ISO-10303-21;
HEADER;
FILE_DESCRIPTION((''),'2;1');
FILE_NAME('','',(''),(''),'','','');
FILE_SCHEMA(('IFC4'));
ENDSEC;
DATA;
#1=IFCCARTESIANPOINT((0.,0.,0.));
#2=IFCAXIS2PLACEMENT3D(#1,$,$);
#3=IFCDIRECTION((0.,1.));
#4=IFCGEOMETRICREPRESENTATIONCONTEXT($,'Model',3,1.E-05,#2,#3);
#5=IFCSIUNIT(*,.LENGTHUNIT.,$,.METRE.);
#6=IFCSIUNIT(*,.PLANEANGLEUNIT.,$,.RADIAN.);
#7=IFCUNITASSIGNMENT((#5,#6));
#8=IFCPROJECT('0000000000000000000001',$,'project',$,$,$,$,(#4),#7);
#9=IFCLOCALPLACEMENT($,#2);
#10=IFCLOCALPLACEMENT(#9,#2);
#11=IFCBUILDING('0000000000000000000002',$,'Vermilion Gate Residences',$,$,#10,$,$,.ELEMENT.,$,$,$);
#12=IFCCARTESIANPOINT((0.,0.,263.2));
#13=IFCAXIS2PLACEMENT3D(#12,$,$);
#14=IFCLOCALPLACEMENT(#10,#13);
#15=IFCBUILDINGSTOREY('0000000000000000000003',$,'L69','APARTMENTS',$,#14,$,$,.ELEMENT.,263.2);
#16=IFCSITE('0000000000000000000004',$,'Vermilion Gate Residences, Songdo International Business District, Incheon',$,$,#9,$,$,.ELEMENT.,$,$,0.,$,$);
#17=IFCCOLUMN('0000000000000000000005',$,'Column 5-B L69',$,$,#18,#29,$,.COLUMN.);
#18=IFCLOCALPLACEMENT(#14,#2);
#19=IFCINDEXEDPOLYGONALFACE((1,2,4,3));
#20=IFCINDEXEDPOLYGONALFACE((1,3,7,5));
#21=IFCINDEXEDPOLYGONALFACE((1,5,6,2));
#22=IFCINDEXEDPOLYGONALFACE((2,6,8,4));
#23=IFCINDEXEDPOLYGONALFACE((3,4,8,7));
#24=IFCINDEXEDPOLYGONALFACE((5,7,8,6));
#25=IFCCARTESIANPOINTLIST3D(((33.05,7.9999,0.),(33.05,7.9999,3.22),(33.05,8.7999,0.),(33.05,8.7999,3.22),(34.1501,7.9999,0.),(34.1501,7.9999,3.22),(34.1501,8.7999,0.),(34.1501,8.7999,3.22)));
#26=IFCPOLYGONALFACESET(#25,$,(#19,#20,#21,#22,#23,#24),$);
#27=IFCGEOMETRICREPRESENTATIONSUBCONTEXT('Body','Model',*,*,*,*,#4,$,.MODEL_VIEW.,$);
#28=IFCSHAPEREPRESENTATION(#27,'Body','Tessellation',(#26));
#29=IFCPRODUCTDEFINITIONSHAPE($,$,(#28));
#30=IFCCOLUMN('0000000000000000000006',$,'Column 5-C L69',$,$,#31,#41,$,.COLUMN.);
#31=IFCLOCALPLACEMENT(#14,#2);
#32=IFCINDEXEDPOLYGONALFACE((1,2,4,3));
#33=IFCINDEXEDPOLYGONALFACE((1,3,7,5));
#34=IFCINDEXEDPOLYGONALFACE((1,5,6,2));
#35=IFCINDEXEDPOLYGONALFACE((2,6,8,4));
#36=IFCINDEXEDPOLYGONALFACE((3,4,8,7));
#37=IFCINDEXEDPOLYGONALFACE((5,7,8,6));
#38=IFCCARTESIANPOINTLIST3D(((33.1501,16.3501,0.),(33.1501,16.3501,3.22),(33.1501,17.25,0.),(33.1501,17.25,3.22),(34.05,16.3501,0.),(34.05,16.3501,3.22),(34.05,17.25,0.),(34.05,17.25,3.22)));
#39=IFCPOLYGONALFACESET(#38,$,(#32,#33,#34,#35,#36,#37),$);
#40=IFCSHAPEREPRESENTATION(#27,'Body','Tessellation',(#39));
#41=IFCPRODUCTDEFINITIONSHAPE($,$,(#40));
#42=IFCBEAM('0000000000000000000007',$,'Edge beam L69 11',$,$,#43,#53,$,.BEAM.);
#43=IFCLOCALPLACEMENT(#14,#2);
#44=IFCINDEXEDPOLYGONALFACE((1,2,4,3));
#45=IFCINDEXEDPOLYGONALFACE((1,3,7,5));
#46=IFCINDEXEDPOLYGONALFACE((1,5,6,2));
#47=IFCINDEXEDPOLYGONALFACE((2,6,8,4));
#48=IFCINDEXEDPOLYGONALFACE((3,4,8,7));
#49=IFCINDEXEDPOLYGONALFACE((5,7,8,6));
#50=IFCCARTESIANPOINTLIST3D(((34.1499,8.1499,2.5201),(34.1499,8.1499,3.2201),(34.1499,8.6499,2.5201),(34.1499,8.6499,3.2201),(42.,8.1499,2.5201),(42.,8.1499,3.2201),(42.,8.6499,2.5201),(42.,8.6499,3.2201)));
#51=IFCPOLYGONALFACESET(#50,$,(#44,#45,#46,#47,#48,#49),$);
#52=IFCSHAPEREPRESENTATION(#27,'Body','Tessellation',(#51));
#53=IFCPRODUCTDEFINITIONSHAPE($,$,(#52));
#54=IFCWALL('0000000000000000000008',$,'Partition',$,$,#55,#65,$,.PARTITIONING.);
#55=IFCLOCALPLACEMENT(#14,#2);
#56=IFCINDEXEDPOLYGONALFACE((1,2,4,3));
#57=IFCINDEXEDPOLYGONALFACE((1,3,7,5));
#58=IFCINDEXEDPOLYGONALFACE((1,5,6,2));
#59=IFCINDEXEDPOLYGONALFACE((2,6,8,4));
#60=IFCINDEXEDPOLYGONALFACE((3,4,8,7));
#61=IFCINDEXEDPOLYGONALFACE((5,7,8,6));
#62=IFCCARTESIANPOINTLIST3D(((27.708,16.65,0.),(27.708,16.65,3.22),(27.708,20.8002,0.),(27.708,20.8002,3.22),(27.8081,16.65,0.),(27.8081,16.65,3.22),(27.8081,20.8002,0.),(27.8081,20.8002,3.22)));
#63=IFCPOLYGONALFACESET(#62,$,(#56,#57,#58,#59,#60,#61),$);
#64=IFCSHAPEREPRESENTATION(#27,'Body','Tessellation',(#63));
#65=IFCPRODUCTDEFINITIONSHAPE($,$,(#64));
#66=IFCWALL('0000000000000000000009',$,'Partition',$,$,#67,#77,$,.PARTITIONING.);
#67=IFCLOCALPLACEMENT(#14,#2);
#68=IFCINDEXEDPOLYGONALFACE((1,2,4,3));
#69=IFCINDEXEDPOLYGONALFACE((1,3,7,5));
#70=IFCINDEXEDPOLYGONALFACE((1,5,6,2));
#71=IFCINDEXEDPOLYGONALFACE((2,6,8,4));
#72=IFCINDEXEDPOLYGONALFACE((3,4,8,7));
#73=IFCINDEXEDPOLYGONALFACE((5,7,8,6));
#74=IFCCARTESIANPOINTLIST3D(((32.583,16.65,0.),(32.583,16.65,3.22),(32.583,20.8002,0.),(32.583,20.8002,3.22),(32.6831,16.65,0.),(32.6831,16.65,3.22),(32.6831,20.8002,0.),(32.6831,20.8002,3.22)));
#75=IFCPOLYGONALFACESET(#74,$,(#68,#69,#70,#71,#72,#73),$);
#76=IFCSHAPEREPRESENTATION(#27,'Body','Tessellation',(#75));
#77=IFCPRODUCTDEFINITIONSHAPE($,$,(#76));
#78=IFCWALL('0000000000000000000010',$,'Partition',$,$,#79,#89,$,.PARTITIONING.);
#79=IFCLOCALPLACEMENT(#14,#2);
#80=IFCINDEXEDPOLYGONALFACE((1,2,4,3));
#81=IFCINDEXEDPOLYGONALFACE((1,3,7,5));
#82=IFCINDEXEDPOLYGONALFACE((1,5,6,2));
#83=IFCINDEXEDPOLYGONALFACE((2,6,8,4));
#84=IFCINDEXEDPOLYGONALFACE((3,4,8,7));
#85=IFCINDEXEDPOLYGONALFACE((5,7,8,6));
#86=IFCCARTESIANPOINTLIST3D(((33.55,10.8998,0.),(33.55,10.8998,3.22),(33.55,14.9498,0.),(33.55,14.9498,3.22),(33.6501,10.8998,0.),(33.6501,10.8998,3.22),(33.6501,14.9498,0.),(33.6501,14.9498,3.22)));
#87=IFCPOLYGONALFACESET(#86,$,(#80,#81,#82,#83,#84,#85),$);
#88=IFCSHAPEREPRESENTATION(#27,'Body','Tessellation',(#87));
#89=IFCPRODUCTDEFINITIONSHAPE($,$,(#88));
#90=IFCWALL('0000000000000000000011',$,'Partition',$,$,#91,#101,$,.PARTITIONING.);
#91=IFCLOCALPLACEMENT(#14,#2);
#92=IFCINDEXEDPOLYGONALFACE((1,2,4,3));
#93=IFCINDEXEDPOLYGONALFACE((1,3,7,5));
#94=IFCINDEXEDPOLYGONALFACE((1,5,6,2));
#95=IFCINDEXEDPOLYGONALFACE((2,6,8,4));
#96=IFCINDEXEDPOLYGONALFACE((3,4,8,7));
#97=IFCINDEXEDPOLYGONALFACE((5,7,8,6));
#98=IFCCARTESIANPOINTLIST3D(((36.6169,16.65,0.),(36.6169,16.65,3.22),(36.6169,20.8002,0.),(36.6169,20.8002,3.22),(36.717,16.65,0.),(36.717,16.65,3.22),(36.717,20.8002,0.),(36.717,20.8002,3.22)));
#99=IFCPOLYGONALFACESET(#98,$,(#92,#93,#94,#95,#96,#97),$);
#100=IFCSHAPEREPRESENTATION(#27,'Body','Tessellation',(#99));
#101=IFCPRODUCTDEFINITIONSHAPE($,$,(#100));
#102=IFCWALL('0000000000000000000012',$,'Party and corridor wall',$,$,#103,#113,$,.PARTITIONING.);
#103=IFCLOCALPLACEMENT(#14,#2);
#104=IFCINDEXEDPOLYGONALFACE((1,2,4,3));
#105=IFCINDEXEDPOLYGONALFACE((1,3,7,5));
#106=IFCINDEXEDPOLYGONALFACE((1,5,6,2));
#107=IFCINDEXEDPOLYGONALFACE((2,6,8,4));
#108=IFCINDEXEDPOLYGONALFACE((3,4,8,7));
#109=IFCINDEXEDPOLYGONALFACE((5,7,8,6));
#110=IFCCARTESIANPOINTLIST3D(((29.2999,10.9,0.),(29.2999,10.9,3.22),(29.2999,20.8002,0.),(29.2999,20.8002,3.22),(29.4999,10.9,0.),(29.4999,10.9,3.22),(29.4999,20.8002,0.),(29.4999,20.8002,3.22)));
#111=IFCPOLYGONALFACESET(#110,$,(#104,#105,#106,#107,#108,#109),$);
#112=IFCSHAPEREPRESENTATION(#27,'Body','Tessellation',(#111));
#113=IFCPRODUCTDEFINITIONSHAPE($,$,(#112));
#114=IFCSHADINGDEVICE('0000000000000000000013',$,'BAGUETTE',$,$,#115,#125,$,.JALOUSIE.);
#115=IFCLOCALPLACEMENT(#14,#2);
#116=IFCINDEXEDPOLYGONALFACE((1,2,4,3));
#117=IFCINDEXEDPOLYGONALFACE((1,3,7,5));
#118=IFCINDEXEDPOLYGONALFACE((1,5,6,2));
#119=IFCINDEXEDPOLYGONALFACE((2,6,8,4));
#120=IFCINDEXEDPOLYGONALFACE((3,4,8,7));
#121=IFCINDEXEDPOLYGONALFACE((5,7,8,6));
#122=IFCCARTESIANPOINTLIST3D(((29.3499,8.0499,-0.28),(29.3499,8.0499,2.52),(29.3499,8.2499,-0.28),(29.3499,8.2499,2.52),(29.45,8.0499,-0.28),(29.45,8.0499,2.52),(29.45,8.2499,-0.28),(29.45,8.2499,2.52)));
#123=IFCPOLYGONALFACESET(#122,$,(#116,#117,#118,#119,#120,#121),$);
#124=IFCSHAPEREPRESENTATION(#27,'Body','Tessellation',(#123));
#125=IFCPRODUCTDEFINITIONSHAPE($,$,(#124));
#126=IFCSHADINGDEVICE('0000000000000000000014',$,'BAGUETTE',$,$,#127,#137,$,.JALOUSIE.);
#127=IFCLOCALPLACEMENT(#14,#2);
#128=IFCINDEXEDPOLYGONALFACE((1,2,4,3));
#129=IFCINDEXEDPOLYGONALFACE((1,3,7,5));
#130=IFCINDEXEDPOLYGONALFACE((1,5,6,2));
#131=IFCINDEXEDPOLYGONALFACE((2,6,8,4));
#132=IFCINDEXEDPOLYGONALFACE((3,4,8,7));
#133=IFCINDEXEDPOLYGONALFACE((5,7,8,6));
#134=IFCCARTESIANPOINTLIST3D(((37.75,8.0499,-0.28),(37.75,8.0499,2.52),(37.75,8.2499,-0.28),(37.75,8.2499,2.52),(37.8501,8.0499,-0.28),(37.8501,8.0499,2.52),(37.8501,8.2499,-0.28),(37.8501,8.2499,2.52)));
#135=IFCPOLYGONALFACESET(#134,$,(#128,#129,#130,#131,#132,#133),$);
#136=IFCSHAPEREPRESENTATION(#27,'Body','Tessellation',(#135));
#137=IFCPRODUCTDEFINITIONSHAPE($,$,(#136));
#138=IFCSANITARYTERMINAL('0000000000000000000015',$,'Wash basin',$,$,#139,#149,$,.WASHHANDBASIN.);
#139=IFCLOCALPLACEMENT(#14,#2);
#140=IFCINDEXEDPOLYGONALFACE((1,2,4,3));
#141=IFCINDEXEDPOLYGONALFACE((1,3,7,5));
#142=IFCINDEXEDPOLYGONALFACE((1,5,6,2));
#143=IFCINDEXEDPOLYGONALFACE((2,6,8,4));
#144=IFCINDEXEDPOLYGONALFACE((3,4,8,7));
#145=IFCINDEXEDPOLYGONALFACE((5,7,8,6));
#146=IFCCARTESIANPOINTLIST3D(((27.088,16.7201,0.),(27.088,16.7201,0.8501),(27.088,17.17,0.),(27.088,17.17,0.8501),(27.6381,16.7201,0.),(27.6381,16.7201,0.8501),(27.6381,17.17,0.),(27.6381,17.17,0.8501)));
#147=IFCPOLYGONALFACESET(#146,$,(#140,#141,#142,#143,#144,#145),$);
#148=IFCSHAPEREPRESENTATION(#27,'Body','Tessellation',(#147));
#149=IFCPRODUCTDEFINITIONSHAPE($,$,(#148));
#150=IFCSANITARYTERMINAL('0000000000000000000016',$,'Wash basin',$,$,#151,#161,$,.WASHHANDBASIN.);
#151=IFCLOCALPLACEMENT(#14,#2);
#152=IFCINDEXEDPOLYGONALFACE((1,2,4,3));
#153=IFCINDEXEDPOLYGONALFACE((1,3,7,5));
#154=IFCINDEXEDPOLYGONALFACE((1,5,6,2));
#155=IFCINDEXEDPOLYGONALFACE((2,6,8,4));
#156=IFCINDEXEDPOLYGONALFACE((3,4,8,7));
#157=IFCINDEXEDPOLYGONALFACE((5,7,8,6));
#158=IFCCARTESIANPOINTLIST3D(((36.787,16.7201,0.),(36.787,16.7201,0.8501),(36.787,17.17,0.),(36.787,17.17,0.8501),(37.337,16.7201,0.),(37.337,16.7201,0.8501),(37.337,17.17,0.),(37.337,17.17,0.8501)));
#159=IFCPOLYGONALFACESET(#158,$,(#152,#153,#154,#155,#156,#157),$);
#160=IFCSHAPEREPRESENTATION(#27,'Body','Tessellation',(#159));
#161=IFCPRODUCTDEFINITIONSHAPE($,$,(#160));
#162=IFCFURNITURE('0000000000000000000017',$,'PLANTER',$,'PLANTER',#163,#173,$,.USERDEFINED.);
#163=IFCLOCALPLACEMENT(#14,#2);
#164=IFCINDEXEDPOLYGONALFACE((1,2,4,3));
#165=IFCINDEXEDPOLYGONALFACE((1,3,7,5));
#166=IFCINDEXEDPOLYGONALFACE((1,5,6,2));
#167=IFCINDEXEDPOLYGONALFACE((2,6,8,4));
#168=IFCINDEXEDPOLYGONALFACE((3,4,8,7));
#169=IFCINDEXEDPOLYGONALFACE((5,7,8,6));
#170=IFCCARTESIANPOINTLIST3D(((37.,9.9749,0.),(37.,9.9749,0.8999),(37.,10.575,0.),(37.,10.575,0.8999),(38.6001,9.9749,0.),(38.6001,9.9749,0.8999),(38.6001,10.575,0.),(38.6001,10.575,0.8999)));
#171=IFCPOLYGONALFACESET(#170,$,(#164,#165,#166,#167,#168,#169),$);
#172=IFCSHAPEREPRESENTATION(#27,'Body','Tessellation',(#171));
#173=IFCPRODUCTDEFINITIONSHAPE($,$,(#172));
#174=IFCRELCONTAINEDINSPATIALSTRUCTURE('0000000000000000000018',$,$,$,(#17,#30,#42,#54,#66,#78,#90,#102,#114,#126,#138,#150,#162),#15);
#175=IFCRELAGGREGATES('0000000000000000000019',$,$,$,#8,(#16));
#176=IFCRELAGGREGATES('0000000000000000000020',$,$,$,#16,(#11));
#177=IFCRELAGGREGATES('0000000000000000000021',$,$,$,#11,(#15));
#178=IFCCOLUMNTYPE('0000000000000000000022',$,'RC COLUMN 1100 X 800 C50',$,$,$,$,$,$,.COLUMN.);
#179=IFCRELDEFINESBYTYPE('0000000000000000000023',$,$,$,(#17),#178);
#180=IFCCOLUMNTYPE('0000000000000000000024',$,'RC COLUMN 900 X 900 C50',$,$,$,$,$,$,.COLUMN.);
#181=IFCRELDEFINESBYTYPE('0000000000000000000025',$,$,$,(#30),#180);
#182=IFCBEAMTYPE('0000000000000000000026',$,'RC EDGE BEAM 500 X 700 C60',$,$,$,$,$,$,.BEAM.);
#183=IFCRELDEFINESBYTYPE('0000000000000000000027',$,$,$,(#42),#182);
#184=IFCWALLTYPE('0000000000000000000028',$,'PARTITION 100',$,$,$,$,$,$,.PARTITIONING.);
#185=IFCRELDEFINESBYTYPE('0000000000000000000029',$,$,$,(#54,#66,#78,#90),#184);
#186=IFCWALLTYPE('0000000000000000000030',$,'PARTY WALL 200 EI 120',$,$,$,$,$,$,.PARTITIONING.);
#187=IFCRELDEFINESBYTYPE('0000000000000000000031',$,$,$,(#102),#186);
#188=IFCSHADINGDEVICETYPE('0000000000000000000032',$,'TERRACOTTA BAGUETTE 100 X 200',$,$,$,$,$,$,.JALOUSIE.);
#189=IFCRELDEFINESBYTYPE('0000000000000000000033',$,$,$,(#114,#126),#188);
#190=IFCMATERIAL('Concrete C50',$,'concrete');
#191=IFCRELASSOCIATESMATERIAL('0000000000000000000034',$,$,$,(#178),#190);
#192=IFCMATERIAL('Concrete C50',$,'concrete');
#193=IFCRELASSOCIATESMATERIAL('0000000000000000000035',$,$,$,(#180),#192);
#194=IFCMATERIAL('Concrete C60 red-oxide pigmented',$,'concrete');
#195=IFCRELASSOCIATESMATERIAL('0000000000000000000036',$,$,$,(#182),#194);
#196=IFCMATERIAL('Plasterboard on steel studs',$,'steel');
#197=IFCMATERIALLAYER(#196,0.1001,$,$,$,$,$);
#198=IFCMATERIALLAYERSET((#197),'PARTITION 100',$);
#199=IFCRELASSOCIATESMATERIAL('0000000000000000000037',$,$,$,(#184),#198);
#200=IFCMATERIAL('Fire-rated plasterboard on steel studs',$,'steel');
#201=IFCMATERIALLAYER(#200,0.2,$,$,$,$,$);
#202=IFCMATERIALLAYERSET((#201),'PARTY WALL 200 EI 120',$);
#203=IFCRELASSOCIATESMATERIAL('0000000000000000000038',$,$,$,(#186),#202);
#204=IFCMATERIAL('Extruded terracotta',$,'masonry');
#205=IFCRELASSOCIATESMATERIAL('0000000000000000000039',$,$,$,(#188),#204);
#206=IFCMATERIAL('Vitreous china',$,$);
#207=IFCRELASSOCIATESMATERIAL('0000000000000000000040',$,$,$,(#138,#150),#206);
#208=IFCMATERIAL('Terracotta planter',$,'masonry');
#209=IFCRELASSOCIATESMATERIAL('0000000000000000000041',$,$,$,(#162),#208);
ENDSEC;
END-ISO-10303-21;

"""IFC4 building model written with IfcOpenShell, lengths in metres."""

from ifc_helpers import new_model, si_unit, direction, frame, frame_2d, origin, origin_2d, place, context, subcontext, project, spatial, rectangle, extrude, material, layer, layer_set, material_profile, profile_set, type_object, element, save


model = new_model("IFC4")

# Units and contexts
model_context = context("Model", 3, precision=1e-05, world=origin(), true_north=direction((0.0, 1.0)))
body_context = subcontext(model_context, "Body", "Model", "MODEL_VIEW")
ifc_project = project(units=[si_unit("LENGTHUNIT", "METRE"), si_unit("PLANEANGLEUNIT", "RADIAN")], contexts=[model_context])

# Site, building, storey
site_placement = place(None, origin())
site = spatial("IfcSite", under=ifc_project, at=site_placement, Name="Vermilion Gate Residences, Songdo International Business District, Incheon", CompositionType="ELEMENT", RefElevation=0.0)
building_placement = place(site_placement, origin())
building = spatial("IfcBuilding", under=site, at=building_placement, Name="Vermilion Gate Residences", CompositionType="ELEMENT")
storey_placement = place(building_placement, frame((0.0, 0.0, 263.2)))
storey = spatial("IfcBuildingStorey", under=building, at=storey_placement, Name="L69", Description="APARTMENTS", CompositionType="ELEMENT", Elevation=263.2)

# Columns
ifc_material_1 = material(Name="Concrete C50", Category="concrete")
ifc_material_profile_1 = material_profile(ifc_material_1, rectangle(XDim=1.1001, YDim=0.8, at=origin_2d()), Name="RC-1100x800")
ifc_profile_set_1 = profile_set([ifc_material_profile_1], Name="Concrete C50")
column_type_1 = type_object("IfcColumnType", Name="RC COLUMN 1100 X 800 C50", PredefinedType="COLUMN", material=ifc_profile_set_1)
column_1_placement = place(storey_placement, frame((33.6001, 8.3999, 0.0), z_axis=(0.0, 0.0, 1.0), x_axis=(1.0, 0.0, 0.0)))
element("IfcColumn", 1, at=column_1_placement, inside=storey, type_object=column_type_1, Name="Column 5-B L69", PredefinedType="COLUMN", context=body_context, shape_type="SweptSolid", body=[
    extrude(rectangle(XDim=1.1001, YDim=0.8, at=origin_2d()), origin(), (0.0, 0.0, 1.0), 3.22),
])
ifc_material_2 = material(Name="Concrete C50", Category="concrete")
ifc_material_profile_2 = material_profile(ifc_material_2, rectangle(XDim=0.8999, YDim=0.8999, at=origin_2d()), Name="RC-900x900")
ifc_profile_set_2 = profile_set([ifc_material_profile_2], Name="Concrete C50")
column_type_2 = type_object("IfcColumnType", Name="RC COLUMN 900 X 900 C50", PredefinedType="COLUMN", material=ifc_profile_set_2)
column_2_placement = place(storey_placement, frame((33.6001, 16.8, 0.0), z_axis=(0.0, 0.0, 1.0), x_axis=(1.0, 0.0, 0.0)))
element("IfcColumn", 2, at=column_2_placement, inside=storey, type_object=column_type_2, Name="Column 5-C L69", PredefinedType="COLUMN", context=body_context, shape_type="SweptSolid", body=[
    extrude(rectangle(XDim=0.8999, YDim=0.8999, at=origin_2d()), origin(), (0.0, 0.0, 1.0), 3.22),
])

# Beam
ifc_material_3 = material(Name="Concrete C60 red-oxide pigmented", Category="concrete")
ifc_material_profile_3 = material_profile(ifc_material_3, rectangle(XDim=0.5, YDim=0.7, at=origin_2d()), Name="RC-500x700")
ifc_profile_set_3 = profile_set([ifc_material_profile_3], Name="Concrete C60 red-oxide pigmented")
beam_type = type_object("IfcBeamType", Name="RC EDGE BEAM 500 X 700 C60", PredefinedType="BEAM", material=ifc_profile_set_3)
beam_placement = place(storey_placement, frame((34.1499, 8.3999, 2.8701), z_axis=(1.0, 0.0, 0.0), x_axis=(0.0, 1.0, 0.0)))
element("IfcBeam", 3, at=beam_placement, inside=storey, type_object=beam_type, Name="Edge beam L69 11", PredefinedType="BEAM", context=body_context, shape_type="SweptSolid", body=[
    extrude(rectangle(XDim=0.5, YDim=0.7, at=origin_2d()), origin(), (0.0, 0.0, 1.0), 7.8501),
])

# Walls
ifc_material_4 = material(Name="Plasterboard on steel studs", Category="steel")
ifc_layer_1 = layer(ifc_material_4, 0.1001)
ifc_layer_set_1 = layer_set([ifc_layer_1], Name="PARTITION 100")
wall_type_1 = type_object("IfcWallType", Name="PARTITION 100", PredefinedType="PARTITIONING", material=ifc_layer_set_1)
for number, where, z_axis, x_axis, name in (
    (4, (27.7581, 16.6499, 0.0), (0.0, 0.0, 1.0), (0.0, 1.0, 0.0), "Partition"),
    (5, (32.6331, 16.6499, 0.0), (0.0, 0.0, 1.0), (0.0, 1.0, 0.0), "Partition"),
):
    element("IfcWall", number, at=place(storey_placement, frame(where, z_axis=z_axis, x_axis=x_axis)), inside=storey, type_object=wall_type_1, Name=name, PredefinedType="PARTITIONING", context=body_context, shape_type="SweptSolid", body=[
        extrude(rectangle(XDim=4.1501, YDim=0.1001, at=frame_2d((2.0752, 0.0))), origin(), (0.0, 0.0, 1.0), 3.22),
    ])
wall_1_placement = place(storey_placement, frame((33.6001, 10.8999, 0.0), z_axis=(0.0, 0.0, 1.0), x_axis=(0.0, 1.0, 0.0)))
element("IfcWall", 6, at=wall_1_placement, inside=storey, type_object=wall_type_1, Name="Partition", PredefinedType="PARTITIONING", context=body_context, shape_type="SweptSolid", body=[
    extrude(rectangle(XDim=4.05, YDim=0.1001, at=frame_2d((2.0249, 0.0))), origin(), (0.0, 0.0, 1.0), 3.22),
])
wall_2_placement = place(storey_placement, frame((36.667, 16.6499, 0.0), z_axis=(0.0, 0.0, 1.0), x_axis=(0.0, 1.0, 0.0)))
element("IfcWall", 7, at=wall_2_placement, inside=storey, type_object=wall_type_1, Name="Partition", PredefinedType="PARTITIONING", context=body_context, shape_type="SweptSolid", body=[
    extrude(rectangle(XDim=4.1501, YDim=0.1001, at=frame_2d((2.0752, 0.0))), origin(), (0.0, 0.0, 1.0), 3.22),
])
ifc_material_5 = material(Name="Fire-rated plasterboard on steel studs", Category="steel")
ifc_layer_2 = layer(ifc_material_5, 0.2)
ifc_layer_set_2 = layer_set([ifc_layer_2], Name="PARTY WALL 200 EI 120")
wall_type_2 = type_object("IfcWallType", Name="PARTY WALL 200 EI 120", PredefinedType="PARTITIONING", material=ifc_layer_set_2)
wall_3_placement = place(storey_placement, frame((29.3999, 10.8999, 0.0), z_axis=(0.0, 0.0, 1.0), x_axis=(0.0, 1.0, 0.0)))
element("IfcWall", 8, at=wall_3_placement, inside=storey, type_object=wall_type_2, Name="Party and corridor wall", PredefinedType="PARTITIONING", context=body_context, shape_type="SweptSolid", body=[
    extrude(rectangle(XDim=9.9001, YDim=0.2, at=frame_2d((4.9502, 0.0))), origin(), (0.0, 0.0, 1.0), 3.22),
])

# Shading devices
ifc_material_6 = material(Name="Extruded terracotta", Category="masonry")
ifc_material_profile_4 = material_profile(ifc_material_6, rectangle(XDim=0.2, YDim=0.1001, at=origin_2d()), Name="BAGUETTE 100 X 200")
ifc_profile_set_4 = profile_set([ifc_material_profile_4], Name="Extruded terracotta")
shading_device_type = type_object("IfcShadingDeviceType", Name="TERRACOTTA BAGUETTE 100 X 200", PredefinedType="JALOUSIE", material=ifc_profile_set_4)
for number, where, z_axis, x_axis, name in (
    (9, (29.3999, 8.1499, -0.28), (0.0, 0.0, 1.0), (0.0, 1.0, 0.0), "BAGUETTE"),
    (10, (37.8, 8.1499, -0.28), (0.0, 0.0, 1.0), (0.0, 1.0, 0.0), "BAGUETTE"),
):
    element("IfcShadingDevice", number, at=place(storey_placement, frame(where, z_axis=z_axis, x_axis=x_axis)), inside=storey, type_object=shading_device_type, Name=name, PredefinedType="JALOUSIE", context=body_context, shape_type="SweptSolid", body=[
        extrude(rectangle(XDim=0.2, YDim=0.1001, at=origin_2d()), origin(), (0.0, 0.0, 1.0), 2.8),
    ])

# Sanitary terminals
ifc_material_7 = material(Name="Vitreous china")
for number, where, z_axis, x_axis, name in (
    (11, (27.363, 16.9451, 0.0), (0.0, 0.0, 1.0), (1.0, 0.0, 0.0), "Wash basin"),
    (12, (37.062, 16.9451, 0.0), (0.0, 0.0, 1.0), (1.0, 0.0, 0.0), "Wash basin"),
):
    element("IfcSanitaryTerminal", number, at=place(storey_placement, frame(where, z_axis=z_axis, x_axis=x_axis)), inside=storey, material=ifc_material_7, Name=name, PredefinedType="WASHHANDBASIN", context=body_context, shape_type="SweptSolid", body=[
        extrude(rectangle(XDim=0.55, YDim=0.45, at=origin_2d()), origin(), (0.0, 0.0, 1.0), 0.8501),
    ])

# Furniture
ifc_material_8 = material(Name="Terracotta planter", Category="masonry")
furniture_placement = place(storey_placement, frame((37.8, 10.2749, 0.0), z_axis=(0.0, 0.0, 1.0), x_axis=(1.0, 0.0, 0.0)))
element("IfcFurniture", 13, at=furniture_placement, inside=storey, material=ifc_material_8, Name="PLANTER", ObjectType="PLANTER", PredefinedType="USERDEFINED", context=body_context, shape_type="SweptSolid", body=[
    extrude(rectangle(XDim=1.6001, YDim=0.6001, at=origin_2d()), origin(), (0.0, 0.0, 1.0), 0.8999),
])

save(model, "model.ifc")
